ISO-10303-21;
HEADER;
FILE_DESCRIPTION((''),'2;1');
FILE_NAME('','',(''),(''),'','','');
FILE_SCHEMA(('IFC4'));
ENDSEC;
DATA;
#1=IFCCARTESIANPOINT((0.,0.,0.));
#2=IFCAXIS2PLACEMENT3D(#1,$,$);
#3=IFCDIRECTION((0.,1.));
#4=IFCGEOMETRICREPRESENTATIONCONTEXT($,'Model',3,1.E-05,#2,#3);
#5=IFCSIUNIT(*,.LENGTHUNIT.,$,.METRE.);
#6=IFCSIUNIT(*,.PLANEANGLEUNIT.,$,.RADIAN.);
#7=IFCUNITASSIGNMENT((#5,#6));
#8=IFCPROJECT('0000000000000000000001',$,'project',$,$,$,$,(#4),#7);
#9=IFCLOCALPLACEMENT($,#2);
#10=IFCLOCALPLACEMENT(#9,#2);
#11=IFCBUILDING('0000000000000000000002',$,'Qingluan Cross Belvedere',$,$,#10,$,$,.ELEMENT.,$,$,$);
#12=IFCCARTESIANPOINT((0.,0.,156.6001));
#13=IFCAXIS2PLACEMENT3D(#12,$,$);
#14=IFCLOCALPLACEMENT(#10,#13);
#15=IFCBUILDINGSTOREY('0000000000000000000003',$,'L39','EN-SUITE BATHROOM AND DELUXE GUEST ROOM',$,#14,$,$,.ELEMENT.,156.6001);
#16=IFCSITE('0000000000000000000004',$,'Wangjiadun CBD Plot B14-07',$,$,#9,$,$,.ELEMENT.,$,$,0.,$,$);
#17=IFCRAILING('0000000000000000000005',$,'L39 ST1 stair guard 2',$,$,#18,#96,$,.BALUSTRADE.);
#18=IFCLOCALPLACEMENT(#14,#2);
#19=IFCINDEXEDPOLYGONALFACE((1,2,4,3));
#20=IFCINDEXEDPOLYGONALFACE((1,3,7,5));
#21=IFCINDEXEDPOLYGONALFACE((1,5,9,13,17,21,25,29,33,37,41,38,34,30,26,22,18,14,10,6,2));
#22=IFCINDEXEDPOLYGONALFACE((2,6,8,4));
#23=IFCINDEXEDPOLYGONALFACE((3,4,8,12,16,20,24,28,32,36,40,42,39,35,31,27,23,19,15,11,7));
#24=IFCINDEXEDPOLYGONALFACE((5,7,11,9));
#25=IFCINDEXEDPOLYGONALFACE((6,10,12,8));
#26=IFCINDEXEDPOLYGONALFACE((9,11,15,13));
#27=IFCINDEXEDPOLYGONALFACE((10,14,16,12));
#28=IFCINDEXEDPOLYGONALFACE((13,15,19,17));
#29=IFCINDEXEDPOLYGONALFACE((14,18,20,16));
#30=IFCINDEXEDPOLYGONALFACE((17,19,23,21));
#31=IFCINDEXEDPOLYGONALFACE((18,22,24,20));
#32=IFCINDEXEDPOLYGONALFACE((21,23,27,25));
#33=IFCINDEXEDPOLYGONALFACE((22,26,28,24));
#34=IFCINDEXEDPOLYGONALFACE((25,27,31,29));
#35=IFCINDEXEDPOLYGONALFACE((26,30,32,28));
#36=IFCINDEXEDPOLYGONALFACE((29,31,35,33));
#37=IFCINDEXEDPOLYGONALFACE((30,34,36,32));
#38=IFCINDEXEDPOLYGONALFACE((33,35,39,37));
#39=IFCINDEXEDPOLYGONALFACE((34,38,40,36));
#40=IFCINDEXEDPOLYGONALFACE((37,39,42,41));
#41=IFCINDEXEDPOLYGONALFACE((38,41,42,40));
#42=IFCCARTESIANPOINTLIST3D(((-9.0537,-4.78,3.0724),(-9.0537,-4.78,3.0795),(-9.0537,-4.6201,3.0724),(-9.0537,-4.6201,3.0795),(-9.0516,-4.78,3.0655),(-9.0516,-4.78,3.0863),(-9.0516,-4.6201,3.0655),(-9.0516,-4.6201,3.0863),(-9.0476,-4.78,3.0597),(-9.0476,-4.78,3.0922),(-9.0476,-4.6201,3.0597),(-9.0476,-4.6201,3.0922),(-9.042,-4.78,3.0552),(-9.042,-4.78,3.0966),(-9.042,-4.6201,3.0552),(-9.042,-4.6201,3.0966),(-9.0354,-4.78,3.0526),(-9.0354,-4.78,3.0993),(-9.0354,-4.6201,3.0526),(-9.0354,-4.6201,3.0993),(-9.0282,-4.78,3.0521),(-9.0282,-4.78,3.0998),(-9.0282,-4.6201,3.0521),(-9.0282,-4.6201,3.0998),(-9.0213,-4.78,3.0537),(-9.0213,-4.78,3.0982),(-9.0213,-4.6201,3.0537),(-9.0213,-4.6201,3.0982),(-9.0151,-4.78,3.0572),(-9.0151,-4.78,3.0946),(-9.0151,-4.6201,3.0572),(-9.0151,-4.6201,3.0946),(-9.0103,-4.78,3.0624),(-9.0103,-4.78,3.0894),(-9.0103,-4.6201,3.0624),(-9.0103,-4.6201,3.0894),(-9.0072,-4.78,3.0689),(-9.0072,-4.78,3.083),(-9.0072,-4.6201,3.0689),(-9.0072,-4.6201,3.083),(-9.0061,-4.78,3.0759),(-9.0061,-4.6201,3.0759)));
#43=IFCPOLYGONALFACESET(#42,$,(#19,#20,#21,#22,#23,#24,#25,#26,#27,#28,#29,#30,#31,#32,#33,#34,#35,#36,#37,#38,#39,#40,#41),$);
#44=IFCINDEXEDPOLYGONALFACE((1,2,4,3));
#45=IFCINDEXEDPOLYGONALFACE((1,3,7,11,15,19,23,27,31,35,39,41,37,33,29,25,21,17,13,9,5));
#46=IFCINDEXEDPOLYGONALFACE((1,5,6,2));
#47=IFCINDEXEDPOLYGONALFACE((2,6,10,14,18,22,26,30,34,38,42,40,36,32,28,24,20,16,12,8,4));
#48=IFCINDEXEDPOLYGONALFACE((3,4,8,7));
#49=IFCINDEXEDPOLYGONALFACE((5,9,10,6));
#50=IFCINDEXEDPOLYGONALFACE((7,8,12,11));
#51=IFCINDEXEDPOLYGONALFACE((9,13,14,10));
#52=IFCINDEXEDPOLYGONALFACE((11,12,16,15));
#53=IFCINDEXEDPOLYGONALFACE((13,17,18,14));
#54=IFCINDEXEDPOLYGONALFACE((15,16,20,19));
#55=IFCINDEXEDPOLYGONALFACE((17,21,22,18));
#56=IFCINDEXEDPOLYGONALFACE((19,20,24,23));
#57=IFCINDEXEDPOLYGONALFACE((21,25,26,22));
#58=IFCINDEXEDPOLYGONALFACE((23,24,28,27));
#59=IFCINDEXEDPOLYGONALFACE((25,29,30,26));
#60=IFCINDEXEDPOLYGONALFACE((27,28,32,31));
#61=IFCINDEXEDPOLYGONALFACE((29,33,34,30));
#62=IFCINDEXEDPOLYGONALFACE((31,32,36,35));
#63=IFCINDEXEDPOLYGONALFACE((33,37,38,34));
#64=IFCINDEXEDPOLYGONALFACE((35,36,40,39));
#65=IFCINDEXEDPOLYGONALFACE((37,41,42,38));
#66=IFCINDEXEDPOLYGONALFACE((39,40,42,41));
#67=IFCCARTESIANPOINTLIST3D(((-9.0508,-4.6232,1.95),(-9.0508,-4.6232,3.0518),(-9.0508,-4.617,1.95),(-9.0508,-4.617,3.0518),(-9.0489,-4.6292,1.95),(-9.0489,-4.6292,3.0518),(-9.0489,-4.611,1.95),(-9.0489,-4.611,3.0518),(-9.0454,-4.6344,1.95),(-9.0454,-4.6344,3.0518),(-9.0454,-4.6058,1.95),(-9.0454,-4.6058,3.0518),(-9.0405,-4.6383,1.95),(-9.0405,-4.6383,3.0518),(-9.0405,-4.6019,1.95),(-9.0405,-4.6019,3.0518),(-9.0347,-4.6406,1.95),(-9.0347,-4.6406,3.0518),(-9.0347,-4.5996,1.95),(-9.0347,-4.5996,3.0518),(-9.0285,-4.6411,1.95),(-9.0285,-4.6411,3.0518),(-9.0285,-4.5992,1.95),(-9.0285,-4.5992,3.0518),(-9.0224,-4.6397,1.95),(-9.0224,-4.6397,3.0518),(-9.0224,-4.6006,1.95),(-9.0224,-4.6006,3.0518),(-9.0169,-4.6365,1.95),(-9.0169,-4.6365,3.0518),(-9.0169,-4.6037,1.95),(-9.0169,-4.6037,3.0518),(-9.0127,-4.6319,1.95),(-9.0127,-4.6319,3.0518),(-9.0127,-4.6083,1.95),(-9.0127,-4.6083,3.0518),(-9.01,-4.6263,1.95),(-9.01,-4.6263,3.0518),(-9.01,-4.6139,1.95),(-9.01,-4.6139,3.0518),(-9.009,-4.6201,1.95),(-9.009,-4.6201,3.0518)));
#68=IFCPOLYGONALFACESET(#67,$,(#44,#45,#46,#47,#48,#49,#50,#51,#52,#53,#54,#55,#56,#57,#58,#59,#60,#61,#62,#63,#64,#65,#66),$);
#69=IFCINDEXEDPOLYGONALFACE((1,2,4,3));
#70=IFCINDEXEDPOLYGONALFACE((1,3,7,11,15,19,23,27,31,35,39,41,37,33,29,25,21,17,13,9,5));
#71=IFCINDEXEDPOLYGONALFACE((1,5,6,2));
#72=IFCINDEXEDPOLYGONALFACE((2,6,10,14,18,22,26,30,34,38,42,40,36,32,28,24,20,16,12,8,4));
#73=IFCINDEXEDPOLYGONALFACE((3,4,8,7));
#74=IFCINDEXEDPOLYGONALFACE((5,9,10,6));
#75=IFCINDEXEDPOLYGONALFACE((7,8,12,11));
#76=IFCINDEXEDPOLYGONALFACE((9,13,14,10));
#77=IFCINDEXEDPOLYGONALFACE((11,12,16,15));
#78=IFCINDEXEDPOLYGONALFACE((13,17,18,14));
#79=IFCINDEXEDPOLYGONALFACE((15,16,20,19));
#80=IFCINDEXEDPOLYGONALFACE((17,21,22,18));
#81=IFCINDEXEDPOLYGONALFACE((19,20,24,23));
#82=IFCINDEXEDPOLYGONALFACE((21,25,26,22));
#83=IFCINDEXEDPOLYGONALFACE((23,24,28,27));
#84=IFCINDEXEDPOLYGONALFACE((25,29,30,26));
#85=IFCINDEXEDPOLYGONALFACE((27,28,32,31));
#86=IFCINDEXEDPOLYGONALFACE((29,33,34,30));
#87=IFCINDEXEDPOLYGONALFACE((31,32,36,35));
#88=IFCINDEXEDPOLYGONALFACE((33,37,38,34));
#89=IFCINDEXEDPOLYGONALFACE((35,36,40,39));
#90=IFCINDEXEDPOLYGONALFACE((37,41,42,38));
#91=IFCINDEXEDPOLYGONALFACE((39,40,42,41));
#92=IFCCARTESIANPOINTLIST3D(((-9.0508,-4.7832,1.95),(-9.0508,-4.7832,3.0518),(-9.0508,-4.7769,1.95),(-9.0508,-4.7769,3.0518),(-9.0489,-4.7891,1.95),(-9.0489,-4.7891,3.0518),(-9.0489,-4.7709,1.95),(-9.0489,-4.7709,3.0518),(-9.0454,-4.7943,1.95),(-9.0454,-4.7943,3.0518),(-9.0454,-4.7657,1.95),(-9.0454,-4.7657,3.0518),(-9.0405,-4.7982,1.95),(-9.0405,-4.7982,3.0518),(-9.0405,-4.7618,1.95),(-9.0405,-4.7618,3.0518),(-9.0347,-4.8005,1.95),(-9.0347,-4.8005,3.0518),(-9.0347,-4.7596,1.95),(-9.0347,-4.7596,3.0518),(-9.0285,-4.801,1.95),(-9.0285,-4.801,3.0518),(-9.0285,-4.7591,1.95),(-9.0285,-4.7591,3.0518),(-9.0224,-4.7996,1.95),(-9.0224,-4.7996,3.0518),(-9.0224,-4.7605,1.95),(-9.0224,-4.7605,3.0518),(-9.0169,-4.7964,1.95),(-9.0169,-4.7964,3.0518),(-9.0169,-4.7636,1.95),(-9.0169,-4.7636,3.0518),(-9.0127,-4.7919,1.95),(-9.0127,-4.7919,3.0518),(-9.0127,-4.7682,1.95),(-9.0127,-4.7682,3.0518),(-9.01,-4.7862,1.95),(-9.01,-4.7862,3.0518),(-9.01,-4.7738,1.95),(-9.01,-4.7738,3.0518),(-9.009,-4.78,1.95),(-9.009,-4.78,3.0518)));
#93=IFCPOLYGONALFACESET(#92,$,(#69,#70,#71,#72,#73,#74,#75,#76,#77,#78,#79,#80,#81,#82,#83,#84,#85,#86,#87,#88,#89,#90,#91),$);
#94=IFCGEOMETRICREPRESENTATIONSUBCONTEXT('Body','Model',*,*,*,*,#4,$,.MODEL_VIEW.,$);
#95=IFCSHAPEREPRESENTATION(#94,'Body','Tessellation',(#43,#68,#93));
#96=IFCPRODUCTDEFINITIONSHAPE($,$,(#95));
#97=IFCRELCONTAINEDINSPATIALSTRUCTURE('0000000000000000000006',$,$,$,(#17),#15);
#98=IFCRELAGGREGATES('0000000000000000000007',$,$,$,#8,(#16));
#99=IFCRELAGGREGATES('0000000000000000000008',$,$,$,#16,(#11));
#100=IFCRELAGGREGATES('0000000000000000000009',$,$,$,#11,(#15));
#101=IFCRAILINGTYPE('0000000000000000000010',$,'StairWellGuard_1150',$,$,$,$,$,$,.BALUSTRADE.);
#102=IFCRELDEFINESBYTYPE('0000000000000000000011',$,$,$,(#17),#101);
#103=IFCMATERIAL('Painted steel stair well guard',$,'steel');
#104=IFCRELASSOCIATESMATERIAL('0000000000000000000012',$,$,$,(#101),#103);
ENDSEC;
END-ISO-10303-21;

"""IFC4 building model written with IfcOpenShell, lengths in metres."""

from ifc_helpers import new_model, si_unit, direction, frame, origin, origin_2d, place, context, subcontext, project, spatial, circle, extrude, material, type_object, element, save


model = new_model("IFC4")

# Units and contexts
model_context = context("Model", 3, precision=1e-05, world=origin(), true_north=direction((0.0, 1.0)))
body_context = subcontext(model_context, "Body", "Model", "MODEL_VIEW")
ifc_project = project(units=[si_unit("LENGTHUNIT", "METRE"), si_unit("PLANEANGLEUNIT", "RADIAN")], contexts=[model_context])

# Site, building, storey
site_placement = place(None, origin())
site = spatial("IfcSite", under=ifc_project, at=site_placement, Name="Wangjiadun CBD Plot B14-07", CompositionType="ELEMENT", RefElevation=0.0)
building_placement = place(site_placement, origin())
building = spatial("IfcBuilding", under=site, at=building_placement, Name="Qingluan Cross Belvedere", CompositionType="ELEMENT")
storey_placement = place(building_placement, frame((0.0, 0.0, 156.6001)))
storey = spatial("IfcBuildingStorey", under=building, at=storey_placement, Name="L39", Description="EN-SUITE BATHROOM AND DELUXE GUEST ROOM", CompositionType="ELEMENT", Elevation=156.6001)

# Railing
ifc_material_1 = material(Name="Painted steel stair well guard", Category="steel")
railing_type_1 = type_object("IfcRailingType", Name="StairWellGuard_1150", PredefinedType="BALUSTRADE", material=ifc_material_1)
railing_1_placement = place(storey_placement, frame((-9.03, -4.6201, 1.95)))
element("IfcRailing", 1, at=railing_1_placement, inside=storey, type_object=railing_type_1, Name="L39 ST1 stair guard 2", PredefinedType="BALUSTRADE", context=body_context, shape_type="SweptSolid", body=[
    extrude(circle(Radius=0.0239, at=origin_2d()), frame((0.0, 0.0, 1.126), z_axis=(0.0, -1.0, 0.0), x_axis=(1.0, 0.0, 0.0)), (0.0, 0.0, 1.0), 0.1599),
    extrude(circle(Radius=0.021, at=origin_2d()), origin(), (0.0, 0.0, 1.0), 1.1018),
    extrude(circle(Radius=0.021, at=origin_2d()), frame((0.0, -0.1599, 0.0)), (0.0, 0.0, 1.0), 1.1018),
])

save(model, "model.ifc")
